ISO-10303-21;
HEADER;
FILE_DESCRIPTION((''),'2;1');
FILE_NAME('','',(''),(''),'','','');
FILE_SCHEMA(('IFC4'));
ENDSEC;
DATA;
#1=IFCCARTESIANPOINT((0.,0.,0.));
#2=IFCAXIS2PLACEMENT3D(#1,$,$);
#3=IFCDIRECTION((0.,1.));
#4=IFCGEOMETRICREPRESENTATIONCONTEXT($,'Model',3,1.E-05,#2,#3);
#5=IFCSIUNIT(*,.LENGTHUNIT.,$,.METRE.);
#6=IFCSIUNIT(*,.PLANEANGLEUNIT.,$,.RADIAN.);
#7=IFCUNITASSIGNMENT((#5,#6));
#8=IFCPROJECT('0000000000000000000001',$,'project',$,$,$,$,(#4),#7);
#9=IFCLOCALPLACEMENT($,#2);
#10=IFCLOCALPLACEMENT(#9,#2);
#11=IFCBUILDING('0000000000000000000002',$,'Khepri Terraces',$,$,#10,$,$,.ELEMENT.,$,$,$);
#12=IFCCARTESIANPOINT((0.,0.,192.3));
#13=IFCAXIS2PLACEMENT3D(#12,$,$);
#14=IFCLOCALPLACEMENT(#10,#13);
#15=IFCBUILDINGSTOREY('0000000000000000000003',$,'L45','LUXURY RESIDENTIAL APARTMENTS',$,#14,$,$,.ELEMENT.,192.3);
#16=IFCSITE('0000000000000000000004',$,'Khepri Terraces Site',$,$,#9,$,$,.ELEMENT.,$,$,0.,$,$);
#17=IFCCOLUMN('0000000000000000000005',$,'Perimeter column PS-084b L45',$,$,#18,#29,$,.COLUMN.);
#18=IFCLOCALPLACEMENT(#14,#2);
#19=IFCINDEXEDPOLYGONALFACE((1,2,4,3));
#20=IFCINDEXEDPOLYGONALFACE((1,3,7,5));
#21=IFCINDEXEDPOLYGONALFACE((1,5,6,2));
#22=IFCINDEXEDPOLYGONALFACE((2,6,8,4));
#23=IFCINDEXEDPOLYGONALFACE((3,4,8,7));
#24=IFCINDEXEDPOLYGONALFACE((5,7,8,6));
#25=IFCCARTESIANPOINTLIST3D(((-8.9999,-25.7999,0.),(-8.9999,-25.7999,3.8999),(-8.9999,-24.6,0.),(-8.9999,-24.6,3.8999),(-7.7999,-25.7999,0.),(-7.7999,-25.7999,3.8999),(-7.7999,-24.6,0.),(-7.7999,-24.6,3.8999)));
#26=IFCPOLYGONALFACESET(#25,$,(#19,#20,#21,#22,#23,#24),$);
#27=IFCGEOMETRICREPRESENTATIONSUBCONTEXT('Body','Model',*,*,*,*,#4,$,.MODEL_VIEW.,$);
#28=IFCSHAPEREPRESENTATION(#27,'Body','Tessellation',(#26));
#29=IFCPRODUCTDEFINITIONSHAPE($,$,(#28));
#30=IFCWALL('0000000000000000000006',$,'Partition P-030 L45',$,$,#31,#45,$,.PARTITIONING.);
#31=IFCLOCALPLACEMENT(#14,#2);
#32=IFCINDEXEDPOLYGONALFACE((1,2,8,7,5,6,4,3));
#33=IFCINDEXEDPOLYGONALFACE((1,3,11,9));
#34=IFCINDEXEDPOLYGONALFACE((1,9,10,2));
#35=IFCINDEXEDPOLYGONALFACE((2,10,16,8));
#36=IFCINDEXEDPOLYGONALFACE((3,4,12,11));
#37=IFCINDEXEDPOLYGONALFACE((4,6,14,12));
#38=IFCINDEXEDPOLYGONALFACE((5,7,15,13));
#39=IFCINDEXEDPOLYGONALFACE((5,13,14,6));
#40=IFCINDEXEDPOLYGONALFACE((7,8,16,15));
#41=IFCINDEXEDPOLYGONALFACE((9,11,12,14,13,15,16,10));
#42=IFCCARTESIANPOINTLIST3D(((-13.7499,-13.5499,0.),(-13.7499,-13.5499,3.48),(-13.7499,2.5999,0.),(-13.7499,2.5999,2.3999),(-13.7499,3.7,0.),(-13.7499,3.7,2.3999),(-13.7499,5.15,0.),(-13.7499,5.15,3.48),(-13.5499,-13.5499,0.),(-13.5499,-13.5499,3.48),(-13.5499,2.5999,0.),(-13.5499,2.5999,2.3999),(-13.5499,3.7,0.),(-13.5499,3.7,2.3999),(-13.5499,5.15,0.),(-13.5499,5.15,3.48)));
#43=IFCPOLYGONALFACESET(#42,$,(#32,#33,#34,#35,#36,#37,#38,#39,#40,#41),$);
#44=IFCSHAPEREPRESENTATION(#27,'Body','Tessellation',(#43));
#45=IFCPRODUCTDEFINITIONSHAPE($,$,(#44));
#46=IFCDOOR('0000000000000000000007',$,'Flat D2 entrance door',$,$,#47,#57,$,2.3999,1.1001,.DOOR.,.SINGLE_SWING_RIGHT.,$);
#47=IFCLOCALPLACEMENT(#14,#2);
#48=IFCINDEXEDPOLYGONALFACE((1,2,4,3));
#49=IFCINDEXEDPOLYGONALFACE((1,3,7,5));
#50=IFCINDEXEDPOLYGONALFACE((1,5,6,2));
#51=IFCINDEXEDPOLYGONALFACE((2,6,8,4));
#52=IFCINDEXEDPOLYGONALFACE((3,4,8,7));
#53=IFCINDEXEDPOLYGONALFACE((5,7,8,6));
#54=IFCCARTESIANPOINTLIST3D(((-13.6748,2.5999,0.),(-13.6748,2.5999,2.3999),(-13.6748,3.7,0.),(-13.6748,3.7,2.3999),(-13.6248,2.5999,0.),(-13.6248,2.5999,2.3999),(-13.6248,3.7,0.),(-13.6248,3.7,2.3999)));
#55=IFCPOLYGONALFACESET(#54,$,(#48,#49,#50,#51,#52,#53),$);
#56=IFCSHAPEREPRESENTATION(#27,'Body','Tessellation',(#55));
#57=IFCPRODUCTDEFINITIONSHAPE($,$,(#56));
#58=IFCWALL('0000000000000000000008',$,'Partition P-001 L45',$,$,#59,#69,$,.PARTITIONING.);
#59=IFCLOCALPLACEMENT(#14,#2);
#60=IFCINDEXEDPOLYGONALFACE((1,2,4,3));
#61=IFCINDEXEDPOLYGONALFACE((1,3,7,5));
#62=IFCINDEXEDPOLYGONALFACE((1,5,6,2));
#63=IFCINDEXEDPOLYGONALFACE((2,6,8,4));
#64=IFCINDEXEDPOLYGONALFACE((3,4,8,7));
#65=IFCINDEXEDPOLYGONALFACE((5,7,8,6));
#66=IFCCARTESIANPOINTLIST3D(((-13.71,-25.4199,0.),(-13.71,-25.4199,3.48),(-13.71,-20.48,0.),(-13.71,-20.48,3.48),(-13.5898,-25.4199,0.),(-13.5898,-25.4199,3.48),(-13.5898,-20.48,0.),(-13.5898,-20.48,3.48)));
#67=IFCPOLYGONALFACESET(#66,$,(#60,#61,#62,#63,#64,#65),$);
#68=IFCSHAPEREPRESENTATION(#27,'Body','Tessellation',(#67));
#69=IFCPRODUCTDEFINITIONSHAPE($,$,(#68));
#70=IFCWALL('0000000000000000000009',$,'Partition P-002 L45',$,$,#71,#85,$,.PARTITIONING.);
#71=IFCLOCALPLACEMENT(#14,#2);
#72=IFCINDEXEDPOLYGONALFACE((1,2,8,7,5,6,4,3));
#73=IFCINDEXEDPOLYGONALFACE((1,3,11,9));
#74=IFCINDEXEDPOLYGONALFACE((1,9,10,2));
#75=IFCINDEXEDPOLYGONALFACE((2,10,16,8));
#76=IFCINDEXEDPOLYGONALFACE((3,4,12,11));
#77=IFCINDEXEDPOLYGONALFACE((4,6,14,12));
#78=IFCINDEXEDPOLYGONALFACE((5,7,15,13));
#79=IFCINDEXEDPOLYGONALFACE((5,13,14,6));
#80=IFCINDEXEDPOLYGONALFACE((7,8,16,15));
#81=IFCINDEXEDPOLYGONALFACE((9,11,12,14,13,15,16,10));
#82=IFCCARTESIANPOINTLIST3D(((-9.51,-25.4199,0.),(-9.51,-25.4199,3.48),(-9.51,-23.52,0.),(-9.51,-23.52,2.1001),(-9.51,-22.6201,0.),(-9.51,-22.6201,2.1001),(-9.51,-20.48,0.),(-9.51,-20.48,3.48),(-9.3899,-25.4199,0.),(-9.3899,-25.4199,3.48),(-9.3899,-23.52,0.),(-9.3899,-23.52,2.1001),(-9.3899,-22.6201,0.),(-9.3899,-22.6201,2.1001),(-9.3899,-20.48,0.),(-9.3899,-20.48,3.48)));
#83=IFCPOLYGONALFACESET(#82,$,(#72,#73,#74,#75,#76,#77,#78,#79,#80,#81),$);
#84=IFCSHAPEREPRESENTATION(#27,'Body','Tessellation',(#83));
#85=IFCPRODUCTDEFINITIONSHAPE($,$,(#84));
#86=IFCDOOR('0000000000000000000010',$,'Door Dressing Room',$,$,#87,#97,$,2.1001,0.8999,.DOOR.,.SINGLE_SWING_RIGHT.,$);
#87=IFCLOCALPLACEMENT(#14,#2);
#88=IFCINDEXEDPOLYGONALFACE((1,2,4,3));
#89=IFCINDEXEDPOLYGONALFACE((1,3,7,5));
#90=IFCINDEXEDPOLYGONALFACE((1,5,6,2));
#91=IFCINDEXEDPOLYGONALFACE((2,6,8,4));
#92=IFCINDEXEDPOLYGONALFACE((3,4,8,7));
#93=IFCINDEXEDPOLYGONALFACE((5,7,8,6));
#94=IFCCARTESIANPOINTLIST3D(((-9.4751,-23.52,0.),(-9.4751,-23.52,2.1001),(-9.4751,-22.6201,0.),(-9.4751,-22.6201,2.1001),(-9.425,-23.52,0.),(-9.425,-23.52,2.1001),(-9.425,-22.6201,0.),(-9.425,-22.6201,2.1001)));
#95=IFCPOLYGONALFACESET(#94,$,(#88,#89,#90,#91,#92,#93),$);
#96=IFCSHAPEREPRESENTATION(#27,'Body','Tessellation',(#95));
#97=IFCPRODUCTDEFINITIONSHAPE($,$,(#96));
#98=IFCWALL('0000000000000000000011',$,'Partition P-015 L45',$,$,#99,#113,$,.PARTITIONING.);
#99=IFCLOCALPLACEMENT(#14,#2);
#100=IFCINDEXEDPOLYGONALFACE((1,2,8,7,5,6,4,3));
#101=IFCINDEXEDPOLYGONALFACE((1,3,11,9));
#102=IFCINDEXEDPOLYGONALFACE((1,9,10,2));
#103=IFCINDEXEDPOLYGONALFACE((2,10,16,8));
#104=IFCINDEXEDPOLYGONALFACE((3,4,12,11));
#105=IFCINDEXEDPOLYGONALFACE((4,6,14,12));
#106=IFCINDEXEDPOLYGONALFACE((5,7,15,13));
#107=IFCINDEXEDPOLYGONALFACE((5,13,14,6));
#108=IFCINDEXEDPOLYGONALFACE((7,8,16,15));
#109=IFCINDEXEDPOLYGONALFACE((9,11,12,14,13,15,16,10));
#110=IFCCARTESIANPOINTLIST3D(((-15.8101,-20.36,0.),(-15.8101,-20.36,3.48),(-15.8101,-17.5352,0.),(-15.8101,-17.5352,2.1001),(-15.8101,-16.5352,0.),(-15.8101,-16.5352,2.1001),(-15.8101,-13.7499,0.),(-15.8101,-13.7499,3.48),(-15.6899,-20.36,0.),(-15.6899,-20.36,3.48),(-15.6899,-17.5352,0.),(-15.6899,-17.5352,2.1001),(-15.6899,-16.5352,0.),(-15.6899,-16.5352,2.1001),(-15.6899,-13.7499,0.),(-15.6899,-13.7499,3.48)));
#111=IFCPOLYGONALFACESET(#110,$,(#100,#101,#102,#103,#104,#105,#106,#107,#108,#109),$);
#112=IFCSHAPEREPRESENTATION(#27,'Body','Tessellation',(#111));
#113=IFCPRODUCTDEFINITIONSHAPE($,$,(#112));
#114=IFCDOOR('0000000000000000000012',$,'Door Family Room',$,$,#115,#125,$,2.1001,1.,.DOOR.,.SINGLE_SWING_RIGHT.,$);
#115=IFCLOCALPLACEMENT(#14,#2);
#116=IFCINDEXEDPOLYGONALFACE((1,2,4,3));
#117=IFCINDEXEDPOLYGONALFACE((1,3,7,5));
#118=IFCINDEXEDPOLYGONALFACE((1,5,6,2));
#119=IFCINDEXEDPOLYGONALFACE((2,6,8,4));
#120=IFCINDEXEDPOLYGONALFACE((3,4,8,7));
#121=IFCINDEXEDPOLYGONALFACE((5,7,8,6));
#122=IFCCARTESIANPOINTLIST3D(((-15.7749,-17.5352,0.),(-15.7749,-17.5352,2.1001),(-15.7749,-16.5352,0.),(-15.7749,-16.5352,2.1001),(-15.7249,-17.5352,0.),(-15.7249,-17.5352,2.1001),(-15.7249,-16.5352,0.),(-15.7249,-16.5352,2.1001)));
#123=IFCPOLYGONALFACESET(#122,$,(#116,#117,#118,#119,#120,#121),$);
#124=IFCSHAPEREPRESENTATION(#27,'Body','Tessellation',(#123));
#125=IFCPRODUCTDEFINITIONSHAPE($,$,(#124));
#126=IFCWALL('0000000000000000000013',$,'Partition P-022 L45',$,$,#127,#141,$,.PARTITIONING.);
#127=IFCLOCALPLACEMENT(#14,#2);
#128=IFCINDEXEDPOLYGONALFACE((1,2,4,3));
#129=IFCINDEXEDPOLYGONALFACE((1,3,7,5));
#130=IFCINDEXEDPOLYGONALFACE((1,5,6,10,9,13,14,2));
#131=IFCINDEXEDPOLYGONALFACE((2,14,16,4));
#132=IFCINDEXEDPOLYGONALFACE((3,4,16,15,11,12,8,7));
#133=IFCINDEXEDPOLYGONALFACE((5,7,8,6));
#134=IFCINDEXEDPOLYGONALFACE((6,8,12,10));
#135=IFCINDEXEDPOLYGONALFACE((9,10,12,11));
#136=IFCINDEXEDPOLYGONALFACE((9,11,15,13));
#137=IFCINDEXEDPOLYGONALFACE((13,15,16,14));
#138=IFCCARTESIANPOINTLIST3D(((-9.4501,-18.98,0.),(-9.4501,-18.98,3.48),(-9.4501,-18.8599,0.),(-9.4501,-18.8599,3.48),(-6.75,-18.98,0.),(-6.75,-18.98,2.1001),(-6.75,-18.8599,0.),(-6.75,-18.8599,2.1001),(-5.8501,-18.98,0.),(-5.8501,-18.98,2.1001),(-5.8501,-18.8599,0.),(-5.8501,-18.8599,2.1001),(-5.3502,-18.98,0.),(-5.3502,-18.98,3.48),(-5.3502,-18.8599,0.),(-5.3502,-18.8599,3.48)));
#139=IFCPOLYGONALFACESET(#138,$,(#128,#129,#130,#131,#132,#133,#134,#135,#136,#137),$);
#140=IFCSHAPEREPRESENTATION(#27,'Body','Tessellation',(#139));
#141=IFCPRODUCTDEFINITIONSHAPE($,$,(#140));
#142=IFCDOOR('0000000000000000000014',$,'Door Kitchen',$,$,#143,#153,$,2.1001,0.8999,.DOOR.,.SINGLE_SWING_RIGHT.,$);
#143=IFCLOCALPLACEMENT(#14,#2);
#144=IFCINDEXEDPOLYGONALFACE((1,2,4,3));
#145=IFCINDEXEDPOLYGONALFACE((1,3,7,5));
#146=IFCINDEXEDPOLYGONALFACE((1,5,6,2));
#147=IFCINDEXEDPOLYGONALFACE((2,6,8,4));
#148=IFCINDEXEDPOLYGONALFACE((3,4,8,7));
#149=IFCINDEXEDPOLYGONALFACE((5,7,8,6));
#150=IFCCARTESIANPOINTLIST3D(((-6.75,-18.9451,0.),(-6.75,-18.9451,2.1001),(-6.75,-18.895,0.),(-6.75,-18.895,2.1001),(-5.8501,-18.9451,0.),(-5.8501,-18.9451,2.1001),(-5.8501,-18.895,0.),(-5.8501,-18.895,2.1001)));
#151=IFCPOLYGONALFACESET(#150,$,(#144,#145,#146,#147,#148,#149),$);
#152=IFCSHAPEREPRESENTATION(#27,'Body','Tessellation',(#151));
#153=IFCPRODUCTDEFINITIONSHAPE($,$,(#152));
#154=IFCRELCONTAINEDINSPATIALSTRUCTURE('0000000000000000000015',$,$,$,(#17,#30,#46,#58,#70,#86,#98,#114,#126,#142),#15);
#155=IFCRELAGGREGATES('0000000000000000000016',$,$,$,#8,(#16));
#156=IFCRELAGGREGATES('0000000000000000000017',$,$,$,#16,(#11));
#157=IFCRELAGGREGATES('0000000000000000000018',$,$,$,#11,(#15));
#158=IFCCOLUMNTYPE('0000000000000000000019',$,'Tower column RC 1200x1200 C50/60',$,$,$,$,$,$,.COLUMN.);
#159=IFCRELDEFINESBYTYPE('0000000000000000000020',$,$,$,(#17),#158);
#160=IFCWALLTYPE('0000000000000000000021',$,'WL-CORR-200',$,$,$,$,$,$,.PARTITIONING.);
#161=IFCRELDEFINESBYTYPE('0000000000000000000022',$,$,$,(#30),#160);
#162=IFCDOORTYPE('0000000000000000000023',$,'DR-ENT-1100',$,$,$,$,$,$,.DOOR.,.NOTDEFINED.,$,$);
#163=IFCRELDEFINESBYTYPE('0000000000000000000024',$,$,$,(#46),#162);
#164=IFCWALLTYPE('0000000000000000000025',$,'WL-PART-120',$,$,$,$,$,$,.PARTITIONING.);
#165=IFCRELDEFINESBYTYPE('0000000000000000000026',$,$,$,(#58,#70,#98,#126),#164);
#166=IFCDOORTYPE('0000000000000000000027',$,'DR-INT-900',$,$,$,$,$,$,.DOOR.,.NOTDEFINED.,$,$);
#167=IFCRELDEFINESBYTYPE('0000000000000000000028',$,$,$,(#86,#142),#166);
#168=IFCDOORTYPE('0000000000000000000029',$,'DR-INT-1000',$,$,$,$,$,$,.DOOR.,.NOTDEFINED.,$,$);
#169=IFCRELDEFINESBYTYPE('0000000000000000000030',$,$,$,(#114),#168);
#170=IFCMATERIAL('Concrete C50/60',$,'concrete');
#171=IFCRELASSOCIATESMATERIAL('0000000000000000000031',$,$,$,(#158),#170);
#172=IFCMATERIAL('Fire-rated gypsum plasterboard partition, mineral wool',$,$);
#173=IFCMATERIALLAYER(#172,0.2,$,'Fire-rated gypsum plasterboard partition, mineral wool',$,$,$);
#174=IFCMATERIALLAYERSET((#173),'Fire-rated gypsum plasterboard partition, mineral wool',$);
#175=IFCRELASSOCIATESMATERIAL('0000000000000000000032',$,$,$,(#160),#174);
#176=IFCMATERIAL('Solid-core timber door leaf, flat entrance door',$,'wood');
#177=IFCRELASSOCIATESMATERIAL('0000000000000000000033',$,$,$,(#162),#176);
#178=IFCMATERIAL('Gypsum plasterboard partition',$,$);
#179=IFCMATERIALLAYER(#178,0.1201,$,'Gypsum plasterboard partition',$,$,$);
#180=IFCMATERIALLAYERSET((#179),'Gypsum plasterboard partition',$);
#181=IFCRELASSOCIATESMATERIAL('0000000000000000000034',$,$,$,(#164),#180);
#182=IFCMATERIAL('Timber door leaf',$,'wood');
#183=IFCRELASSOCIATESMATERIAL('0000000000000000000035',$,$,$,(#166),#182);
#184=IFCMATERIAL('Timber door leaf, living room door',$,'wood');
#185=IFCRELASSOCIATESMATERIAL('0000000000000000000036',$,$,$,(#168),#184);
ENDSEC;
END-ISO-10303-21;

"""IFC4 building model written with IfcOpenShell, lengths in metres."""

from ifc_helpers import new_model, si_unit, direction, frame, frame_2d, origin, origin_2d, place, context, subcontext, project, spatial, rectangle, extrude, material, layer, layer_set, material_profile, profile_set, type_object, element, fill, save


model = new_model("IFC4")

# Units and contexts
model_context = context("Model", 3, precision=1e-05, world=origin(), true_north=direction((0.0, 1.0)))
body_context = subcontext(model_context, "Body", "Model", "MODEL_VIEW")
ifc_project = project(units=[si_unit("LENGTHUNIT", "METRE"), si_unit("PLANEANGLEUNIT", "RADIAN")], contexts=[model_context])

# Site, building, storey
site_placement = place(None, origin())
site = spatial("IfcSite", under=ifc_project, at=site_placement, Name="Khepri Terraces Site", CompositionType="ELEMENT", RefElevation=0.0)
building_placement = place(site_placement, origin())
building = spatial("IfcBuilding", under=site, at=building_placement, Name="Khepri Terraces", CompositionType="ELEMENT")
storey_placement = place(building_placement, frame((0.0, 0.0, 192.3)))
storey = spatial("IfcBuildingStorey", under=building, at=storey_placement, Name="L45", Description="LUXURY RESIDENTIAL APARTMENTS", CompositionType="ELEMENT", Elevation=192.3)

# Column
ifc_material_1 = material(Name="Concrete C50/60", Category="concrete")
ifc_material_profile = material_profile(ifc_material_1, rectangle(XDim=1.2, YDim=1.2, at=origin_2d()), Name="Concrete C50/60", Category="concrete")
ifc_profile_set = profile_set([ifc_material_profile], Name="Concrete C50/60")
column_type = type_object("IfcColumnType", Name="Tower column RC 1200x1200 C50/60", PredefinedType="COLUMN", material=ifc_profile_set)
column_placement = place(storey_placement, frame((-8.3999, -25.2, 0.0), z_axis=(0.0, 0.0, 1.0), x_axis=(1.0, 0.0, 0.0)))
element("IfcColumn", 1, at=column_placement, inside=storey, type_object=column_type, Name="Perimeter column PS-084b L45", PredefinedType="COLUMN", context=body_context, shape_type="SweptSolid", body=[
    extrude(rectangle(XDim=1.2, YDim=1.2, at=origin_2d()), origin(), (0.0, 0.0, 1.0), 3.8999),
])

# Wall, opening, door
ifc_material_2 = material(Name="Fire-rated gypsum plasterboard partition, mineral wool")
ifc_layer_1 = layer(ifc_material_2, 0.2, Name="Fire-rated gypsum plasterboard partition, mineral wool")
ifc_layer_set_1 = layer_set([ifc_layer_1], Name="Fire-rated gypsum plasterboard partition, mineral wool")
wall_type_1 = type_object("IfcWallType", Name="WL-CORR-200", PredefinedType="PARTITIONING", material=ifc_layer_set_1)
wall_1_placement = place(storey_placement, frame((-13.6499, -13.55, 0.0), z_axis=(0.0, 0.0, 1.0), x_axis=(0.0, 1.0, 0.0)))
wall_1 = element("IfcWall", 2, at=wall_1_placement, inside=storey, type_object=wall_type_1, Name="Partition P-030 L45", PredefinedType="PARTITIONING", context=body_context, shape_type="SweptSolid", body=[
    extrude(rectangle(XDim=18.7, YDim=0.2, at=frame_2d((9.3501, 0.0))), origin(), (0.0, 0.0, 1.0), 3.48),
])
opening_1_placement = place(wall_1_placement, frame((16.1499, 0.0, 0.0)))
opening_1 = element("IfcOpeningElement", 3, at=opening_1_placement, cuts=wall_1, PredefinedType="OPENING", context=body_context, shape_type="SweptSolid", body=[
    extrude(rectangle(XDim=1.1001, YDim=2.3999, at=frame_2d((0.55, 1.2))), frame((0.0, 0.1099, 0.0), z_axis=(0.0, -1.0, 0.0), x_axis=(1.0, 0.0, 0.0)), (0.0, 0.0, 1.0), 0.22),
])
ifc_material_3 = material(Name="Solid-core timber door leaf, flat entrance door", Category="wood")
door_type_1 = type_object("IfcDoorType", Name="DR-ENT-1100", OperationType="NOTDEFINED", PredefinedType="DOOR", material=ifc_material_3)
door_1_placement = place(opening_1_placement, origin())
door_1 = element("IfcDoor", 4, at=door_1_placement, inside=storey, type_object=door_type_1, Name="Flat D2 entrance door", OperationType="SINGLE_SWING_RIGHT", OverallHeight=2.3999, OverallWidth=1.1001, PredefinedType="DOOR", context=body_context, shape_type="SweptSolid", body=[
    extrude(rectangle(XDim=1.1001, YDim=2.3999, at=frame_2d((0.55, 1.2))), frame((0.0, 0.0249, 0.0), z_axis=(0.0, -1.0, 0.0), x_axis=(1.0, 0.0, 0.0)), (0.0, 0.0, 1.0), 0.05),
])
fill(opening_1, door_1)

# Wall
ifc_material_4 = material(Name="Gypsum plasterboard partition")
ifc_layer_2 = layer(ifc_material_4, 0.1201, Name="Gypsum plasterboard partition")
ifc_layer_set_2 = layer_set([ifc_layer_2], Name="Gypsum plasterboard partition")
wall_type_2 = type_object("IfcWallType", Name="WL-PART-120", PredefinedType="PARTITIONING", material=ifc_layer_set_2)
wall_2_placement = place(storey_placement, frame((-13.6499, -25.4199, 0.0), z_axis=(0.0, 0.0, 1.0), x_axis=(0.0, 1.0, 0.0)))
element("IfcWall", 5, at=wall_2_placement, inside=storey, type_object=wall_type_2, Name="Partition P-001 L45", PredefinedType="PARTITIONING", context=body_context, shape_type="SweptSolid", body=[
    extrude(rectangle(XDim=4.9399, YDim=0.1201, at=frame_2d((2.47, 0.0))), origin(), (0.0, 0.0, 1.0), 3.48),
])

# Walls, openings, doors
wall_3_placement = place(storey_placement, frame((-9.45, -25.4199, 0.0), z_axis=(0.0, 0.0, 1.0), x_axis=(0.0, 1.0, 0.0)))
wall_3 = element("IfcWall", 6, at=wall_3_placement, inside=storey, type_object=wall_type_2, Name="Partition P-002 L45", PredefinedType="PARTITIONING", context=body_context, shape_type="SweptSolid", body=[
    extrude(rectangle(XDim=4.9399, YDim=0.1201, at=frame_2d((2.47, 0.0))), origin(), (0.0, 0.0, 1.0), 3.48),
])
opening_2_placement = place(wall_3_placement, frame((1.8999, 0.0, 0.0)))
opening_2 = element("IfcOpeningElement", 7, at=opening_2_placement, cuts=wall_3, PredefinedType="OPENING", context=body_context, shape_type="SweptSolid", body=[
    extrude(rectangle(XDim=0.8999, YDim=2.1001, at=frame_2d((0.45, 1.05))), frame((0.0, 0.0701, 0.0), z_axis=(0.0, -1.0, 0.0), x_axis=(1.0, 0.0, 0.0)), (0.0, 0.0, 1.0), 0.1401),
])
ifc_material_5 = material(Name="Timber door leaf", Category="wood")
door_type_2 = type_object("IfcDoorType", Name="DR-INT-900", OperationType="NOTDEFINED", PredefinedType="DOOR", material=ifc_material_5)
door_2_placement = place(opening_2_placement, frame((0.8999, 0.0, 0.0), z_axis=(0.0, 0.0, 1.0), x_axis=(-1.0, 0.0, 0.0)))
door_2 = element("IfcDoor", 8, at=door_2_placement, inside=storey, type_object=door_type_2, Name="Door Dressing Room", OperationType="SINGLE_SWING_RIGHT", OverallHeight=2.1001, OverallWidth=0.8999, PredefinedType="DOOR", context=body_context, shape_type="SweptSolid", body=[
    extrude(rectangle(XDim=0.8999, YDim=2.1001, at=frame_2d((0.45, 1.05))), frame((0.0, 0.0249, 0.0), z_axis=(0.0, -1.0, 0.0), x_axis=(1.0, 0.0, 0.0)), (0.0, 0.0, 1.0), 0.05),
])
fill(opening_2, door_2)
wall_4_placement = place(storey_placement, frame((-15.75, -20.3601, 0.0), z_axis=(0.0, 0.0, 1.0), x_axis=(0.0, 1.0, 0.0)))
wall_4 = element("IfcWall", 9, at=wall_4_placement, inside=storey, type_object=wall_type_2, Name="Partition P-015 L45", PredefinedType="PARTITIONING", context=body_context, shape_type="SweptSolid", body=[
    extrude(rectangle(XDim=6.6101, YDim=0.1201, at=frame_2d((3.3052, 0.0))), origin(), (0.0, 0.0, 1.0), 3.48),
])
opening_3_placement = place(wall_4_placement, frame((2.825, 0.0, 0.0)))
opening_3 = element("IfcOpeningElement", 10, at=opening_3_placement, cuts=wall_4, PredefinedType="OPENING", context=body_context, shape_type="SweptSolid", body=[
    extrude(rectangle(XDim=1.0, YDim=2.1001, at=frame_2d((0.5, 1.05))), frame((0.0, 0.0701, 0.0), z_axis=(0.0, -1.0, 0.0), x_axis=(1.0, 0.0, 0.0)), (0.0, 0.0, 1.0), 0.1401),
])
ifc_material_6 = material(Name="Timber door leaf, living room door", Category="wood")
door_type_3 = type_object("IfcDoorType", Name="DR-INT-1000", OperationType="NOTDEFINED", PredefinedType="DOOR", material=ifc_material_6)
door_3_placement = place(opening_3_placement, origin())
door_3 = element("IfcDoor", 11, at=door_3_placement, inside=storey, type_object=door_type_3, Name="Door Family Room", OperationType="SINGLE_SWING_RIGHT", OverallHeight=2.1001, OverallWidth=1.0, PredefinedType="DOOR", context=body_context, shape_type="SweptSolid", body=[
    extrude(rectangle(XDim=1.0, YDim=2.1001, at=frame_2d((0.5, 1.05))), frame((0.0, 0.0249, 0.0), z_axis=(0.0, -1.0, 0.0), x_axis=(1.0, 0.0, 0.0)), (0.0, 0.0, 1.0), 0.05),
])
fill(opening_3, door_3)
wall_5_placement = place(storey_placement, frame((-9.45, -18.9199, 0.0), z_axis=(0.0, 0.0, 1.0), x_axis=(1.0, 0.0, 0.0)))
wall_5 = element("IfcWall", 12, at=wall_5_placement, inside=storey, type_object=wall_type_2, Name="Partition P-022 L45", PredefinedType="PARTITIONING", context=body_context, shape_type="SweptSolid", body=[
    extrude(rectangle(XDim=4.0999, YDim=0.1201, at=frame_2d((2.0498, 0.0))), origin(), (0.0, 0.0, 1.0), 3.48),
])
opening_4_placement = place(wall_5_placement, frame((2.7, 0.0, 0.0)))
opening_4 = element("IfcOpeningElement", 13, at=opening_4_placement, cuts=wall_5, PredefinedType="OPENING", context=body_context, shape_type="SweptSolid", body=[
    extrude(rectangle(XDim=0.8999, YDim=2.1001, at=frame_2d((0.45, 1.05))), frame((0.0, 0.0701, 0.0), z_axis=(0.0, -1.0, 0.0), x_axis=(1.0, 0.0, 0.0)), (0.0, 0.0, 1.0), 0.1401),
])
door_4_placement = place(opening_4_placement, origin())
door_4 = element("IfcDoor", 14, at=door_4_placement, inside=storey, type_object=door_type_2, Name="Door Kitchen", OperationType="SINGLE_SWING_RIGHT", OverallHeight=2.1001, OverallWidth=0.8999, PredefinedType="DOOR", context=body_context, shape_type="SweptSolid", body=[
    extrude(rectangle(XDim=0.8999, YDim=2.1001, at=frame_2d((0.45, 1.05))), frame((0.0, 0.0249, 0.0), z_axis=(0.0, -1.0, 0.0), x_axis=(1.0, 0.0, 0.0)), (0.0, 0.0, 1.0), 0.05),
])
fill(opening_4, door_4)

save(model, "model.ifc")
